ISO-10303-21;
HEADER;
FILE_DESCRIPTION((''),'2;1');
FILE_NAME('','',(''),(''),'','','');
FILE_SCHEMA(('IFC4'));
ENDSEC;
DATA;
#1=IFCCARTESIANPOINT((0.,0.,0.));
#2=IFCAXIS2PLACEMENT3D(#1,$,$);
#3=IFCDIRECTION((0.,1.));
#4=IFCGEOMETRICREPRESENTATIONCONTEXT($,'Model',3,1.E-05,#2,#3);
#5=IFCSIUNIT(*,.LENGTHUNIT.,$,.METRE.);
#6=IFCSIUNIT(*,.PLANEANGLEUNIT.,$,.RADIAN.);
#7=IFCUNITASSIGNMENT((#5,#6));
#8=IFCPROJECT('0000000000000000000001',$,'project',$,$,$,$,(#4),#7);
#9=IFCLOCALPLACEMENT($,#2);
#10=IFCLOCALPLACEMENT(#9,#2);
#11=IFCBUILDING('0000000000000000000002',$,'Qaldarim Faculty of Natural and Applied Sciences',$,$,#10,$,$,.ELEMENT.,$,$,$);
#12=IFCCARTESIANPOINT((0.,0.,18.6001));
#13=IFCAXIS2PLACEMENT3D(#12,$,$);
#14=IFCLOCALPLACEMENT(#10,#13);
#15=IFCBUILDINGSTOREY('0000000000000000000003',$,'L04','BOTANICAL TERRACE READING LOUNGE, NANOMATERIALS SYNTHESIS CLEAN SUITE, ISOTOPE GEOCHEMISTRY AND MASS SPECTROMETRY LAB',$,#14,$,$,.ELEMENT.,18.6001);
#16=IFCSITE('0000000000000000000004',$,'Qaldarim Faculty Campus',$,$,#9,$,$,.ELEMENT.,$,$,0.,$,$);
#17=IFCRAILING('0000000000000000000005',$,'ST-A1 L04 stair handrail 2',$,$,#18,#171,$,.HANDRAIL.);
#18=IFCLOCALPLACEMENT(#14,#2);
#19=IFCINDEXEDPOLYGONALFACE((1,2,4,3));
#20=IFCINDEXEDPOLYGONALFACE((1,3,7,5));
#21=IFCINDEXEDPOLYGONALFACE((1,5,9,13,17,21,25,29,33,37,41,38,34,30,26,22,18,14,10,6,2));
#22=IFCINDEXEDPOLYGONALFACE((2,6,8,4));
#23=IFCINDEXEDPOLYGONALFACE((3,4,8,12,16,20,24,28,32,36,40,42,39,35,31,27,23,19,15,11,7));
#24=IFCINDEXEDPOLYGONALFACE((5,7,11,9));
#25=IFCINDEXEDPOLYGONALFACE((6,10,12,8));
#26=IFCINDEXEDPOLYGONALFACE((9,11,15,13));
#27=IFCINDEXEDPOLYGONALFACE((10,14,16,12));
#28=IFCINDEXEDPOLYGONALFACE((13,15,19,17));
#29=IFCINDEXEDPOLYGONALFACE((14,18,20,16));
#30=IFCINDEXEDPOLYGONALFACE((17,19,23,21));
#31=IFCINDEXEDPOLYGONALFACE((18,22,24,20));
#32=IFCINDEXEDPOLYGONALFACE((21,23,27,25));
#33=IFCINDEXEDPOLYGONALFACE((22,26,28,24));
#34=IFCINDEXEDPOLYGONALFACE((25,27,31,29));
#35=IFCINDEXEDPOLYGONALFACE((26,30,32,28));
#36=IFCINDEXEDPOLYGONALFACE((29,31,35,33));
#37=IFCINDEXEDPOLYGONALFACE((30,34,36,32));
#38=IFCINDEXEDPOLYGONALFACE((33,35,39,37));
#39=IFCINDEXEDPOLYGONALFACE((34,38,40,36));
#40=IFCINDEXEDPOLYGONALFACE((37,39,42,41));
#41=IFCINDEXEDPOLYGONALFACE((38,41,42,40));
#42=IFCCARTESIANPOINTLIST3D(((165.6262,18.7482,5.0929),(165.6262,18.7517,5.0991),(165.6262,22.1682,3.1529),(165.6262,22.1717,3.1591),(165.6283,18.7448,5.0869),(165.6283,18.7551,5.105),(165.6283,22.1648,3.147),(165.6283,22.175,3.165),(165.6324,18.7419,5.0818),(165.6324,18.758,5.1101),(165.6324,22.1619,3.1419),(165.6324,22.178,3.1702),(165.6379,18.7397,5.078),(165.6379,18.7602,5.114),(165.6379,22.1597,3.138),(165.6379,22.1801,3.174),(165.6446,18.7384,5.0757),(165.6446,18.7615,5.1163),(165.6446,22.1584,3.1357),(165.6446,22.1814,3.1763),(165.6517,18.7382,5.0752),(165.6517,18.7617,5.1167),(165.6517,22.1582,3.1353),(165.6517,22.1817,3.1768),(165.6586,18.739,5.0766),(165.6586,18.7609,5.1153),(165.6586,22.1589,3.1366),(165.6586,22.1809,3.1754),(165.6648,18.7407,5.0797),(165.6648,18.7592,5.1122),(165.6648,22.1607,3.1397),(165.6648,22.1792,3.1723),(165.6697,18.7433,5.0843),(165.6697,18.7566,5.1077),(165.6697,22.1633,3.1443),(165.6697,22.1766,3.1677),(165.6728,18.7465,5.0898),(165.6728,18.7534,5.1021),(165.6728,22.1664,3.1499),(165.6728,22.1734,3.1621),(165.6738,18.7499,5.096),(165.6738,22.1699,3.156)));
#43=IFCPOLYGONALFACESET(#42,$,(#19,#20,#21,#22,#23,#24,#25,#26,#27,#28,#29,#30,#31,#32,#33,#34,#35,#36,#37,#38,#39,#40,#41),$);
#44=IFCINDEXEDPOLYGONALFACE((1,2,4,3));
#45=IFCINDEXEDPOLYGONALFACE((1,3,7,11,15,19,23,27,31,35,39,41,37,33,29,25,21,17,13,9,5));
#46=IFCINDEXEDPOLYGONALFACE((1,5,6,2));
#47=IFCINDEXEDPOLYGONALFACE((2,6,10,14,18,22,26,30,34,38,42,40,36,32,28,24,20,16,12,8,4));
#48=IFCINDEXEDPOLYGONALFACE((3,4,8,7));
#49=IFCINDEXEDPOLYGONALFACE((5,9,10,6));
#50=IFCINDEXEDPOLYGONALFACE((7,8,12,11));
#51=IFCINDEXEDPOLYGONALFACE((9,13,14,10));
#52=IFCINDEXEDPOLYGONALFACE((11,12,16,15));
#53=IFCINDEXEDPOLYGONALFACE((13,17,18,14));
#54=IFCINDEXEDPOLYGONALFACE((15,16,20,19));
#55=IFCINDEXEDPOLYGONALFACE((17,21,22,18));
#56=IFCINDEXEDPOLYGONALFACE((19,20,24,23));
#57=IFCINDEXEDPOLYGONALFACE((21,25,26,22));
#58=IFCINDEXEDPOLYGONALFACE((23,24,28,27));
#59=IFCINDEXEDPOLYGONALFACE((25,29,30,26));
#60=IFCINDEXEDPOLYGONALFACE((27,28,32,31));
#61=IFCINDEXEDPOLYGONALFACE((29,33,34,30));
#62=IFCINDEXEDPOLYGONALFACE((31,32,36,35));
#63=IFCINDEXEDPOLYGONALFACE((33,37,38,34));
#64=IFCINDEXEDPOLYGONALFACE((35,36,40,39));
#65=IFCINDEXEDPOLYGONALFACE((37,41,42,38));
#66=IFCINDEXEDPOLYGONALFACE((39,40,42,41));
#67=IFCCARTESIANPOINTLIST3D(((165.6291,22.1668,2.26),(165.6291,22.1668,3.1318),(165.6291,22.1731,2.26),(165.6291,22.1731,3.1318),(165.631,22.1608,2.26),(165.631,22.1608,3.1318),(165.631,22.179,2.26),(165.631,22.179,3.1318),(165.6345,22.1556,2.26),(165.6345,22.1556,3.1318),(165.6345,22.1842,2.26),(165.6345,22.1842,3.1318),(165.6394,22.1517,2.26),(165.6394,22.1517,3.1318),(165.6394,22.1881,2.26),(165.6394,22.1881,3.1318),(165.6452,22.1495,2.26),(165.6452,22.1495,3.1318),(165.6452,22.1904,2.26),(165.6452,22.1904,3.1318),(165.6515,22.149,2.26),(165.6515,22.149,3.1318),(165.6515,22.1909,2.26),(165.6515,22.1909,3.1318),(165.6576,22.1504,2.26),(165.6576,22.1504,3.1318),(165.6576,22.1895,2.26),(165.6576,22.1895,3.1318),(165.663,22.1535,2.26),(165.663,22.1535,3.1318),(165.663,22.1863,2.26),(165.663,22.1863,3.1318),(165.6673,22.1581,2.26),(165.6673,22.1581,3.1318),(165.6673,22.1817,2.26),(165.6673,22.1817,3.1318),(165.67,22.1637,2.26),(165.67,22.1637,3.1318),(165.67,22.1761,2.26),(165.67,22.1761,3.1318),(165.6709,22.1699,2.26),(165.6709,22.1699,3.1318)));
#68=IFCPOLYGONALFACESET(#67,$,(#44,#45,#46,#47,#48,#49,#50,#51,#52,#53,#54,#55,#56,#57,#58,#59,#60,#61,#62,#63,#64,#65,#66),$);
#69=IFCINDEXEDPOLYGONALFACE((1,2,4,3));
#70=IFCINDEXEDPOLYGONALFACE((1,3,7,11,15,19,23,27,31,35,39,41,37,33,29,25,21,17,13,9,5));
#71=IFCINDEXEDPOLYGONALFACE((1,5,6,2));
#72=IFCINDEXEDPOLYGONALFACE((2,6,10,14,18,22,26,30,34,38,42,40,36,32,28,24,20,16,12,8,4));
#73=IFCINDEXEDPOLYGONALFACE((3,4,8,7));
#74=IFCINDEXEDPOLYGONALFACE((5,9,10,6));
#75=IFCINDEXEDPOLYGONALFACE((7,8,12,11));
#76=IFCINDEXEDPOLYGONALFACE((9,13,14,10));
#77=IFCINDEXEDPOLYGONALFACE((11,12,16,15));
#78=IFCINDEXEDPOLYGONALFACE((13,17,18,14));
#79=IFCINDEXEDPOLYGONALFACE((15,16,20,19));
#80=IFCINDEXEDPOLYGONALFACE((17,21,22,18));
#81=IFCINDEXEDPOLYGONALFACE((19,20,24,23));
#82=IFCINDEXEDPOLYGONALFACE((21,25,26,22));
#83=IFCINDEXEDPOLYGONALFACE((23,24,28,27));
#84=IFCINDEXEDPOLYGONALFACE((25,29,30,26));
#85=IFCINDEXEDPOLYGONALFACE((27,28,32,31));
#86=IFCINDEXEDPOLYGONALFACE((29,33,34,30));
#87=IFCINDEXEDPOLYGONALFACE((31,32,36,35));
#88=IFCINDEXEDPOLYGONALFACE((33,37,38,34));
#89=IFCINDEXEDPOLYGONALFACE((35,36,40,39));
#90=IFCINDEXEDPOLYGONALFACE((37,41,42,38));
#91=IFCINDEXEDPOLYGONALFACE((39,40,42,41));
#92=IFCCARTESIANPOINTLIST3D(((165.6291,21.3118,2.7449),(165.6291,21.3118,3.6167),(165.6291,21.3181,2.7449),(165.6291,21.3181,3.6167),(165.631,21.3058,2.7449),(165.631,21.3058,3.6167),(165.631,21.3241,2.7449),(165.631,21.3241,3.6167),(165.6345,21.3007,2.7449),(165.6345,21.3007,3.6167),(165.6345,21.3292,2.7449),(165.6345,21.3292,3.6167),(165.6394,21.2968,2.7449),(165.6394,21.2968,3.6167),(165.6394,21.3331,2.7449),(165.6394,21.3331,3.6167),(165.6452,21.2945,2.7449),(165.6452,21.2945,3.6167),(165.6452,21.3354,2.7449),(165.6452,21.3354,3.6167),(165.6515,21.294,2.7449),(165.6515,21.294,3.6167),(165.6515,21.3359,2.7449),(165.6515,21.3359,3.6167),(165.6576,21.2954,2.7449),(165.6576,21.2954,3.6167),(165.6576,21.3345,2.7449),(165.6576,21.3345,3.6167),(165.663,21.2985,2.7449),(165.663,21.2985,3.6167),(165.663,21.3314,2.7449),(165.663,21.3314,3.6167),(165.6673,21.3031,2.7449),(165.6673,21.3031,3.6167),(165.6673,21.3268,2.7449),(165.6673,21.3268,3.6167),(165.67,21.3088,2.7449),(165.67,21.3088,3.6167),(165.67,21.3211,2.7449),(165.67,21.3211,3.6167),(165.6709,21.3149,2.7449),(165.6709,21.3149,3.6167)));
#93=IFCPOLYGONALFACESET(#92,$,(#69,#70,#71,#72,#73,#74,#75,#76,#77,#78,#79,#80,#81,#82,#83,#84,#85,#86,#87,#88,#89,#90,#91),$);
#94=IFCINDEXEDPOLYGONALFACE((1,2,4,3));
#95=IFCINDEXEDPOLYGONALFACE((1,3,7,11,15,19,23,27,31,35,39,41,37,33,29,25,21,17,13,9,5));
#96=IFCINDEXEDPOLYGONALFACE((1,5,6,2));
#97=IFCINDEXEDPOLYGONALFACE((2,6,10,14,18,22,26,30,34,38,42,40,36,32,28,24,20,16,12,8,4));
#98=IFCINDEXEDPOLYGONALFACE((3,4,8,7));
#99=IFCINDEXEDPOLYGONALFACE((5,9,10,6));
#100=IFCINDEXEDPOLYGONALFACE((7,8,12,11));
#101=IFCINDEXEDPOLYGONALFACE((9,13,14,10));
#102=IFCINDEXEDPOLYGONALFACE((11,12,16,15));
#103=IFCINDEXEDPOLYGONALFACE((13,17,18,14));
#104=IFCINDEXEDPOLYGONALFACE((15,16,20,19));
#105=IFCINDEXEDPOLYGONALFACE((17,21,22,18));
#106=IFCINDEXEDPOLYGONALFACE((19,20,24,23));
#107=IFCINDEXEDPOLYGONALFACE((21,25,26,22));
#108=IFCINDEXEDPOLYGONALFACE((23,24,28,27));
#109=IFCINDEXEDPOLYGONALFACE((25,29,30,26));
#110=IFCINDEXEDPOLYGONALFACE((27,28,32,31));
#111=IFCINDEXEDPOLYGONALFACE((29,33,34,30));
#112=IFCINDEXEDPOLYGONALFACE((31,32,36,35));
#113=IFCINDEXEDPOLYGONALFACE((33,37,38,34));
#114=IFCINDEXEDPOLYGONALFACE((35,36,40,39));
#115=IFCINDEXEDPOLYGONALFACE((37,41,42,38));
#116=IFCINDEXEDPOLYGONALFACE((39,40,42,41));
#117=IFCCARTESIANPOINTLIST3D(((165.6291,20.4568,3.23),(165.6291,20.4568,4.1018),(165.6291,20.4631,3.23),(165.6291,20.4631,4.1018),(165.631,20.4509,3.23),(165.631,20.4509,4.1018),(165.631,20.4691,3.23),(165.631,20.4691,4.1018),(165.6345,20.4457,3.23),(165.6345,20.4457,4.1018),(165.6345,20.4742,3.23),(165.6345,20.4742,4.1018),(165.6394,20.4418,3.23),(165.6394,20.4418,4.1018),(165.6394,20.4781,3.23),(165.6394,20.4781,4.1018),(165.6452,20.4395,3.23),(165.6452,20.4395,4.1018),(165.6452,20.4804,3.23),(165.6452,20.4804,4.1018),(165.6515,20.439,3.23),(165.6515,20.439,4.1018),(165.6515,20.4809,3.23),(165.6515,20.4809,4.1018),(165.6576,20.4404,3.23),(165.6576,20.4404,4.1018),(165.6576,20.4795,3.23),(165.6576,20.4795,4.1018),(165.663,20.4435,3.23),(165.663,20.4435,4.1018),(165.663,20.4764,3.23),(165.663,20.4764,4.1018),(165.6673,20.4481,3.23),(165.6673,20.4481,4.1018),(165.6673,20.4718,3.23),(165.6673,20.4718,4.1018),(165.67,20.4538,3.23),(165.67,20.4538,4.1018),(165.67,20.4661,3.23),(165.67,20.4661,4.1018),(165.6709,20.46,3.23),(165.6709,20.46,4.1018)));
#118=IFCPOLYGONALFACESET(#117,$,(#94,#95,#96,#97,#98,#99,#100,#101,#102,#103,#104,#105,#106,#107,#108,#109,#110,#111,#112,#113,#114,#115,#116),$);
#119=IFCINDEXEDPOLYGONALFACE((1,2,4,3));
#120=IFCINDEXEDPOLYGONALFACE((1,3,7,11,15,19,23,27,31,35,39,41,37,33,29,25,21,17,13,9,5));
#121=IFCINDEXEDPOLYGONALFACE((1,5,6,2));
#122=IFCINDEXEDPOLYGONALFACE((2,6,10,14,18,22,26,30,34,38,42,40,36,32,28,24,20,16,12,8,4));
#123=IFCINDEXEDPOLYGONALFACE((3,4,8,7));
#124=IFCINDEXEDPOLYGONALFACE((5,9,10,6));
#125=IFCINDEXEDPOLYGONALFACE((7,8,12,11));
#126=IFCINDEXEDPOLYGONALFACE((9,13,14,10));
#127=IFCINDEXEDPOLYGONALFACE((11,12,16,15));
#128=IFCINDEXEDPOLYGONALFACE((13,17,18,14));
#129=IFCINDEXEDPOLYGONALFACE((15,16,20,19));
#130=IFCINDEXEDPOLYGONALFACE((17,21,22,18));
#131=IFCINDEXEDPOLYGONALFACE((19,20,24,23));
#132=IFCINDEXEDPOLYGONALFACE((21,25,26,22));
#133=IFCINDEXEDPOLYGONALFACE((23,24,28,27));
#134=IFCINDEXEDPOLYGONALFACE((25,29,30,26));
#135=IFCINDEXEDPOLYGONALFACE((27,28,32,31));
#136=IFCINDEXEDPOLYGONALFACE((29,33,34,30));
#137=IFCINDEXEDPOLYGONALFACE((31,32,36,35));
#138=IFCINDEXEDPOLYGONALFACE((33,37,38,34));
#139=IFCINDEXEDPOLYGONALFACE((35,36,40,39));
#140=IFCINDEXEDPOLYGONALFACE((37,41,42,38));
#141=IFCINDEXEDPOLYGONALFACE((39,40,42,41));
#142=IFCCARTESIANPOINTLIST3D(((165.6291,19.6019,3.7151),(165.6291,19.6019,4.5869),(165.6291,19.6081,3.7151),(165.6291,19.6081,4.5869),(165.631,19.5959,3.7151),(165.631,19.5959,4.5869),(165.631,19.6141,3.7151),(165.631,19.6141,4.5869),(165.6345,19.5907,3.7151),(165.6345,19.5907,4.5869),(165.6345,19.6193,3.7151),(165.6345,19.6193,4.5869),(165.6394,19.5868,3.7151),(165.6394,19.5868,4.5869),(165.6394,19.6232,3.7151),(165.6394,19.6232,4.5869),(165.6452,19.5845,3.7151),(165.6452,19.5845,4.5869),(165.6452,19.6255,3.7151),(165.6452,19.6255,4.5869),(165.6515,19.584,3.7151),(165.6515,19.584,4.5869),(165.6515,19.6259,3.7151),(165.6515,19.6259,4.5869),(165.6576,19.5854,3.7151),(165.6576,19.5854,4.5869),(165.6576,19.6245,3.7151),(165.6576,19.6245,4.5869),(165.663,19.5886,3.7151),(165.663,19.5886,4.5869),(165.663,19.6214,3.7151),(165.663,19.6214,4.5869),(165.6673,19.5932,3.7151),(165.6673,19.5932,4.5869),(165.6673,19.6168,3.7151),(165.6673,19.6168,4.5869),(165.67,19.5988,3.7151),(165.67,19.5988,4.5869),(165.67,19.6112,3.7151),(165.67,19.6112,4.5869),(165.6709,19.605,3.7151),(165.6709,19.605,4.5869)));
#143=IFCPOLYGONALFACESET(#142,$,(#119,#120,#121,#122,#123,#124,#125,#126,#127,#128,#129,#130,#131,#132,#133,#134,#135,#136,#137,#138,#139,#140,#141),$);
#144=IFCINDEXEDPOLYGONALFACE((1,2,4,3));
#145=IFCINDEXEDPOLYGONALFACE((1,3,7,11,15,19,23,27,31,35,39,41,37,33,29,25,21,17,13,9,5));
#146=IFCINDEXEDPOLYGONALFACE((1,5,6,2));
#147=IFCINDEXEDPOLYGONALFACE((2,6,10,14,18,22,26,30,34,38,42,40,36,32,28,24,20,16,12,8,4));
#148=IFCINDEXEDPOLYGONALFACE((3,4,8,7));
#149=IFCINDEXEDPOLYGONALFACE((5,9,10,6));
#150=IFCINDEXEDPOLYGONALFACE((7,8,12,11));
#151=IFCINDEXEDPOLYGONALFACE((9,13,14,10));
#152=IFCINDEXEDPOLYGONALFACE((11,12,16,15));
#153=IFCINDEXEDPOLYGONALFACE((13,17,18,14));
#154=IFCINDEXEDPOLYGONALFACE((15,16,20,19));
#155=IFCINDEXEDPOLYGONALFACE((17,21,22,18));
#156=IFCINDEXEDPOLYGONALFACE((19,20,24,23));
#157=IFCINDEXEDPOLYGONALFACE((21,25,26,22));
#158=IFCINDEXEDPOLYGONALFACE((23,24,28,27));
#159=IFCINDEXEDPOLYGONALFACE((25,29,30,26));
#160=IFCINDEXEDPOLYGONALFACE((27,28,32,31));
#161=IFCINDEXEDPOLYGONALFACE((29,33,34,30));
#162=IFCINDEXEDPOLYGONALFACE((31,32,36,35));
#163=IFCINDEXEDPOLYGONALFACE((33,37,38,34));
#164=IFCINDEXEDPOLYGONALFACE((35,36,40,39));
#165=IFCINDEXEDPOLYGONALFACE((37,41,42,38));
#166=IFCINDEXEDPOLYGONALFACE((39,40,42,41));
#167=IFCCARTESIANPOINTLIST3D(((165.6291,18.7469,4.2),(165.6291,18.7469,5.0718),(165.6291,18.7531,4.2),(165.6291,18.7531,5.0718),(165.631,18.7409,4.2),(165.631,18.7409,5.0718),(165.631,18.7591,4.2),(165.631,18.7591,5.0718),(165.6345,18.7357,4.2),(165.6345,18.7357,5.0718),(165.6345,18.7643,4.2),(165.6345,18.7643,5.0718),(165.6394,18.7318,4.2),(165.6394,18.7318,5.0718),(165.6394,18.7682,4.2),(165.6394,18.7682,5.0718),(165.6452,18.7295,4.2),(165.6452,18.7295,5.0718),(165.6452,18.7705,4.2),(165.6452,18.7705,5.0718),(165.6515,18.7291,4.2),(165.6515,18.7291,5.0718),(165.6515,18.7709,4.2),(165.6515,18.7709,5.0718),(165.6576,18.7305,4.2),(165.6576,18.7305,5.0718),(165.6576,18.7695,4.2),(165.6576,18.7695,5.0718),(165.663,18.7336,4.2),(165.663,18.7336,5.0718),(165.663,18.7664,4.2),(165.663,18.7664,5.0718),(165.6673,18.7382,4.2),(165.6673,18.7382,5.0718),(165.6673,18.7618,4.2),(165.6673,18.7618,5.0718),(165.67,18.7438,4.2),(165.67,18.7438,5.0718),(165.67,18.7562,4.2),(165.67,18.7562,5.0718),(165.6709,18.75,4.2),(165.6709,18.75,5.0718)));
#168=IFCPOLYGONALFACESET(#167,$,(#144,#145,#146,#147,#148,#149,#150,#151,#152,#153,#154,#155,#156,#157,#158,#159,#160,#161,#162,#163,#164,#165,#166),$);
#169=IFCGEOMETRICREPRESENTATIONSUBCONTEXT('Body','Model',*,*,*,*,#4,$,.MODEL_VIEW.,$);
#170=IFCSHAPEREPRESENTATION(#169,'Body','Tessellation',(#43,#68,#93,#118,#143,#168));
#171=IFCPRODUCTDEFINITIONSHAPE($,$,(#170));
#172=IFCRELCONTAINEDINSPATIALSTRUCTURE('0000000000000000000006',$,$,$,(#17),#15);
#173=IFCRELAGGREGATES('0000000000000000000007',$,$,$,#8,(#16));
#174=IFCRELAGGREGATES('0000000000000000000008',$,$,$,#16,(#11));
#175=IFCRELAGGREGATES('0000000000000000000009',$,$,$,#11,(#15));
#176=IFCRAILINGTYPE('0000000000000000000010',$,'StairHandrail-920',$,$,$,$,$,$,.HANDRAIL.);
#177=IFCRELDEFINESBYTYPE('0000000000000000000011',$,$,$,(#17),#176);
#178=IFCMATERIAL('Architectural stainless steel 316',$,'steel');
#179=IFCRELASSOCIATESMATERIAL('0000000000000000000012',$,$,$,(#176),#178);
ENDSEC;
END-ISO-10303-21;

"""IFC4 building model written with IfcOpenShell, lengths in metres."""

from ifc_helpers import new_model, si_unit, direction, frame, origin, origin_2d, place, context, subcontext, project, spatial, circle, extrude, material, type_object, element, save


model = new_model("IFC4")

# Units and contexts
model_context = context("Model", 3, precision=1e-05, world=origin(), true_north=direction((0.0, 1.0)))
body_context = subcontext(model_context, "Body", "Model", "MODEL_VIEW")
ifc_project = project(units=[si_unit("LENGTHUNIT", "METRE"), si_unit("PLANEANGLEUNIT", "RADIAN")], contexts=[model_context])

# Site, building, storey
site_placement = place(None, origin())
site = spatial("IfcSite", under=ifc_project, at=site_placement, Name="Qaldarim Faculty Campus", CompositionType="ELEMENT", RefElevation=0.0)
building_placement = place(site_placement, origin())
building = spatial("IfcBuilding", under=site, at=building_placement, Name="Qaldarim Faculty of Natural and Applied Sciences", CompositionType="ELEMENT")
storey_placement = place(building_placement, frame((0.0, 0.0, 18.6001)))
storey = spatial("IfcBuildingStorey", under=building, at=storey_placement, Name="L04", Description="BOTANICAL TERRACE READING LOUNGE, NANOMATERIALS SYNTHESIS CLEAN SUITE, ISOTOPE GEOCHEMISTRY AND MASS SPECTROMETRY LAB", CompositionType="ELEMENT", Elevation=18.6001)

# Shared definitions
ifc_material_1 = material(Name="Architectural stainless steel 316", Category="steel")

# Railing
railing_type_1 = type_object("IfcRailingType", Name="StairHandrail-920", PredefinedType="HANDRAIL", material=ifc_material_1)
railing_1_placement = place(storey_placement, frame((165.6499, 22.1699, 2.26)))
element("IfcRailing", 1, at=railing_1_placement, inside=storey, type_object=railing_type_1, Name="ST-A1 L04 stair handrail 2", PredefinedType="HANDRAIL", context=body_context, shape_type="SweptSolid", body=[
    extrude(circle(Radius=0.0239, at=origin_2d()), frame((0.0, 0.0, 0.896), z_axis=(0.0, -0.869805, 0.493395), x_axis=(1.0, 0.0, 0.0)), (0.0, 0.0, 1.0), 3.9319),
    extrude(circle(Radius=0.021, at=origin_2d()), origin(), (0.0, 0.0, 1.0), 0.8718),
    extrude(circle(Radius=0.021, at=origin_2d()), frame((0.0, -0.855, 0.4849)), (0.0, 0.0, 1.0), 0.8718),
    extrude(circle(Radius=0.021, at=origin_2d()), frame((0.0, -1.71, 0.97)), (0.0, 0.0, 1.0), 0.8718),
    extrude(circle(Radius=0.021, at=origin_2d()), frame((0.0, -2.5649, 1.4551)), (0.0, 0.0, 1.0), 0.8718),
    extrude(circle(Radius=0.021, at=origin_2d()), frame((0.0, -3.4199, 1.9399)), (0.0, 0.0, 1.0), 0.8718),
])

save(model, "model.ifc")
